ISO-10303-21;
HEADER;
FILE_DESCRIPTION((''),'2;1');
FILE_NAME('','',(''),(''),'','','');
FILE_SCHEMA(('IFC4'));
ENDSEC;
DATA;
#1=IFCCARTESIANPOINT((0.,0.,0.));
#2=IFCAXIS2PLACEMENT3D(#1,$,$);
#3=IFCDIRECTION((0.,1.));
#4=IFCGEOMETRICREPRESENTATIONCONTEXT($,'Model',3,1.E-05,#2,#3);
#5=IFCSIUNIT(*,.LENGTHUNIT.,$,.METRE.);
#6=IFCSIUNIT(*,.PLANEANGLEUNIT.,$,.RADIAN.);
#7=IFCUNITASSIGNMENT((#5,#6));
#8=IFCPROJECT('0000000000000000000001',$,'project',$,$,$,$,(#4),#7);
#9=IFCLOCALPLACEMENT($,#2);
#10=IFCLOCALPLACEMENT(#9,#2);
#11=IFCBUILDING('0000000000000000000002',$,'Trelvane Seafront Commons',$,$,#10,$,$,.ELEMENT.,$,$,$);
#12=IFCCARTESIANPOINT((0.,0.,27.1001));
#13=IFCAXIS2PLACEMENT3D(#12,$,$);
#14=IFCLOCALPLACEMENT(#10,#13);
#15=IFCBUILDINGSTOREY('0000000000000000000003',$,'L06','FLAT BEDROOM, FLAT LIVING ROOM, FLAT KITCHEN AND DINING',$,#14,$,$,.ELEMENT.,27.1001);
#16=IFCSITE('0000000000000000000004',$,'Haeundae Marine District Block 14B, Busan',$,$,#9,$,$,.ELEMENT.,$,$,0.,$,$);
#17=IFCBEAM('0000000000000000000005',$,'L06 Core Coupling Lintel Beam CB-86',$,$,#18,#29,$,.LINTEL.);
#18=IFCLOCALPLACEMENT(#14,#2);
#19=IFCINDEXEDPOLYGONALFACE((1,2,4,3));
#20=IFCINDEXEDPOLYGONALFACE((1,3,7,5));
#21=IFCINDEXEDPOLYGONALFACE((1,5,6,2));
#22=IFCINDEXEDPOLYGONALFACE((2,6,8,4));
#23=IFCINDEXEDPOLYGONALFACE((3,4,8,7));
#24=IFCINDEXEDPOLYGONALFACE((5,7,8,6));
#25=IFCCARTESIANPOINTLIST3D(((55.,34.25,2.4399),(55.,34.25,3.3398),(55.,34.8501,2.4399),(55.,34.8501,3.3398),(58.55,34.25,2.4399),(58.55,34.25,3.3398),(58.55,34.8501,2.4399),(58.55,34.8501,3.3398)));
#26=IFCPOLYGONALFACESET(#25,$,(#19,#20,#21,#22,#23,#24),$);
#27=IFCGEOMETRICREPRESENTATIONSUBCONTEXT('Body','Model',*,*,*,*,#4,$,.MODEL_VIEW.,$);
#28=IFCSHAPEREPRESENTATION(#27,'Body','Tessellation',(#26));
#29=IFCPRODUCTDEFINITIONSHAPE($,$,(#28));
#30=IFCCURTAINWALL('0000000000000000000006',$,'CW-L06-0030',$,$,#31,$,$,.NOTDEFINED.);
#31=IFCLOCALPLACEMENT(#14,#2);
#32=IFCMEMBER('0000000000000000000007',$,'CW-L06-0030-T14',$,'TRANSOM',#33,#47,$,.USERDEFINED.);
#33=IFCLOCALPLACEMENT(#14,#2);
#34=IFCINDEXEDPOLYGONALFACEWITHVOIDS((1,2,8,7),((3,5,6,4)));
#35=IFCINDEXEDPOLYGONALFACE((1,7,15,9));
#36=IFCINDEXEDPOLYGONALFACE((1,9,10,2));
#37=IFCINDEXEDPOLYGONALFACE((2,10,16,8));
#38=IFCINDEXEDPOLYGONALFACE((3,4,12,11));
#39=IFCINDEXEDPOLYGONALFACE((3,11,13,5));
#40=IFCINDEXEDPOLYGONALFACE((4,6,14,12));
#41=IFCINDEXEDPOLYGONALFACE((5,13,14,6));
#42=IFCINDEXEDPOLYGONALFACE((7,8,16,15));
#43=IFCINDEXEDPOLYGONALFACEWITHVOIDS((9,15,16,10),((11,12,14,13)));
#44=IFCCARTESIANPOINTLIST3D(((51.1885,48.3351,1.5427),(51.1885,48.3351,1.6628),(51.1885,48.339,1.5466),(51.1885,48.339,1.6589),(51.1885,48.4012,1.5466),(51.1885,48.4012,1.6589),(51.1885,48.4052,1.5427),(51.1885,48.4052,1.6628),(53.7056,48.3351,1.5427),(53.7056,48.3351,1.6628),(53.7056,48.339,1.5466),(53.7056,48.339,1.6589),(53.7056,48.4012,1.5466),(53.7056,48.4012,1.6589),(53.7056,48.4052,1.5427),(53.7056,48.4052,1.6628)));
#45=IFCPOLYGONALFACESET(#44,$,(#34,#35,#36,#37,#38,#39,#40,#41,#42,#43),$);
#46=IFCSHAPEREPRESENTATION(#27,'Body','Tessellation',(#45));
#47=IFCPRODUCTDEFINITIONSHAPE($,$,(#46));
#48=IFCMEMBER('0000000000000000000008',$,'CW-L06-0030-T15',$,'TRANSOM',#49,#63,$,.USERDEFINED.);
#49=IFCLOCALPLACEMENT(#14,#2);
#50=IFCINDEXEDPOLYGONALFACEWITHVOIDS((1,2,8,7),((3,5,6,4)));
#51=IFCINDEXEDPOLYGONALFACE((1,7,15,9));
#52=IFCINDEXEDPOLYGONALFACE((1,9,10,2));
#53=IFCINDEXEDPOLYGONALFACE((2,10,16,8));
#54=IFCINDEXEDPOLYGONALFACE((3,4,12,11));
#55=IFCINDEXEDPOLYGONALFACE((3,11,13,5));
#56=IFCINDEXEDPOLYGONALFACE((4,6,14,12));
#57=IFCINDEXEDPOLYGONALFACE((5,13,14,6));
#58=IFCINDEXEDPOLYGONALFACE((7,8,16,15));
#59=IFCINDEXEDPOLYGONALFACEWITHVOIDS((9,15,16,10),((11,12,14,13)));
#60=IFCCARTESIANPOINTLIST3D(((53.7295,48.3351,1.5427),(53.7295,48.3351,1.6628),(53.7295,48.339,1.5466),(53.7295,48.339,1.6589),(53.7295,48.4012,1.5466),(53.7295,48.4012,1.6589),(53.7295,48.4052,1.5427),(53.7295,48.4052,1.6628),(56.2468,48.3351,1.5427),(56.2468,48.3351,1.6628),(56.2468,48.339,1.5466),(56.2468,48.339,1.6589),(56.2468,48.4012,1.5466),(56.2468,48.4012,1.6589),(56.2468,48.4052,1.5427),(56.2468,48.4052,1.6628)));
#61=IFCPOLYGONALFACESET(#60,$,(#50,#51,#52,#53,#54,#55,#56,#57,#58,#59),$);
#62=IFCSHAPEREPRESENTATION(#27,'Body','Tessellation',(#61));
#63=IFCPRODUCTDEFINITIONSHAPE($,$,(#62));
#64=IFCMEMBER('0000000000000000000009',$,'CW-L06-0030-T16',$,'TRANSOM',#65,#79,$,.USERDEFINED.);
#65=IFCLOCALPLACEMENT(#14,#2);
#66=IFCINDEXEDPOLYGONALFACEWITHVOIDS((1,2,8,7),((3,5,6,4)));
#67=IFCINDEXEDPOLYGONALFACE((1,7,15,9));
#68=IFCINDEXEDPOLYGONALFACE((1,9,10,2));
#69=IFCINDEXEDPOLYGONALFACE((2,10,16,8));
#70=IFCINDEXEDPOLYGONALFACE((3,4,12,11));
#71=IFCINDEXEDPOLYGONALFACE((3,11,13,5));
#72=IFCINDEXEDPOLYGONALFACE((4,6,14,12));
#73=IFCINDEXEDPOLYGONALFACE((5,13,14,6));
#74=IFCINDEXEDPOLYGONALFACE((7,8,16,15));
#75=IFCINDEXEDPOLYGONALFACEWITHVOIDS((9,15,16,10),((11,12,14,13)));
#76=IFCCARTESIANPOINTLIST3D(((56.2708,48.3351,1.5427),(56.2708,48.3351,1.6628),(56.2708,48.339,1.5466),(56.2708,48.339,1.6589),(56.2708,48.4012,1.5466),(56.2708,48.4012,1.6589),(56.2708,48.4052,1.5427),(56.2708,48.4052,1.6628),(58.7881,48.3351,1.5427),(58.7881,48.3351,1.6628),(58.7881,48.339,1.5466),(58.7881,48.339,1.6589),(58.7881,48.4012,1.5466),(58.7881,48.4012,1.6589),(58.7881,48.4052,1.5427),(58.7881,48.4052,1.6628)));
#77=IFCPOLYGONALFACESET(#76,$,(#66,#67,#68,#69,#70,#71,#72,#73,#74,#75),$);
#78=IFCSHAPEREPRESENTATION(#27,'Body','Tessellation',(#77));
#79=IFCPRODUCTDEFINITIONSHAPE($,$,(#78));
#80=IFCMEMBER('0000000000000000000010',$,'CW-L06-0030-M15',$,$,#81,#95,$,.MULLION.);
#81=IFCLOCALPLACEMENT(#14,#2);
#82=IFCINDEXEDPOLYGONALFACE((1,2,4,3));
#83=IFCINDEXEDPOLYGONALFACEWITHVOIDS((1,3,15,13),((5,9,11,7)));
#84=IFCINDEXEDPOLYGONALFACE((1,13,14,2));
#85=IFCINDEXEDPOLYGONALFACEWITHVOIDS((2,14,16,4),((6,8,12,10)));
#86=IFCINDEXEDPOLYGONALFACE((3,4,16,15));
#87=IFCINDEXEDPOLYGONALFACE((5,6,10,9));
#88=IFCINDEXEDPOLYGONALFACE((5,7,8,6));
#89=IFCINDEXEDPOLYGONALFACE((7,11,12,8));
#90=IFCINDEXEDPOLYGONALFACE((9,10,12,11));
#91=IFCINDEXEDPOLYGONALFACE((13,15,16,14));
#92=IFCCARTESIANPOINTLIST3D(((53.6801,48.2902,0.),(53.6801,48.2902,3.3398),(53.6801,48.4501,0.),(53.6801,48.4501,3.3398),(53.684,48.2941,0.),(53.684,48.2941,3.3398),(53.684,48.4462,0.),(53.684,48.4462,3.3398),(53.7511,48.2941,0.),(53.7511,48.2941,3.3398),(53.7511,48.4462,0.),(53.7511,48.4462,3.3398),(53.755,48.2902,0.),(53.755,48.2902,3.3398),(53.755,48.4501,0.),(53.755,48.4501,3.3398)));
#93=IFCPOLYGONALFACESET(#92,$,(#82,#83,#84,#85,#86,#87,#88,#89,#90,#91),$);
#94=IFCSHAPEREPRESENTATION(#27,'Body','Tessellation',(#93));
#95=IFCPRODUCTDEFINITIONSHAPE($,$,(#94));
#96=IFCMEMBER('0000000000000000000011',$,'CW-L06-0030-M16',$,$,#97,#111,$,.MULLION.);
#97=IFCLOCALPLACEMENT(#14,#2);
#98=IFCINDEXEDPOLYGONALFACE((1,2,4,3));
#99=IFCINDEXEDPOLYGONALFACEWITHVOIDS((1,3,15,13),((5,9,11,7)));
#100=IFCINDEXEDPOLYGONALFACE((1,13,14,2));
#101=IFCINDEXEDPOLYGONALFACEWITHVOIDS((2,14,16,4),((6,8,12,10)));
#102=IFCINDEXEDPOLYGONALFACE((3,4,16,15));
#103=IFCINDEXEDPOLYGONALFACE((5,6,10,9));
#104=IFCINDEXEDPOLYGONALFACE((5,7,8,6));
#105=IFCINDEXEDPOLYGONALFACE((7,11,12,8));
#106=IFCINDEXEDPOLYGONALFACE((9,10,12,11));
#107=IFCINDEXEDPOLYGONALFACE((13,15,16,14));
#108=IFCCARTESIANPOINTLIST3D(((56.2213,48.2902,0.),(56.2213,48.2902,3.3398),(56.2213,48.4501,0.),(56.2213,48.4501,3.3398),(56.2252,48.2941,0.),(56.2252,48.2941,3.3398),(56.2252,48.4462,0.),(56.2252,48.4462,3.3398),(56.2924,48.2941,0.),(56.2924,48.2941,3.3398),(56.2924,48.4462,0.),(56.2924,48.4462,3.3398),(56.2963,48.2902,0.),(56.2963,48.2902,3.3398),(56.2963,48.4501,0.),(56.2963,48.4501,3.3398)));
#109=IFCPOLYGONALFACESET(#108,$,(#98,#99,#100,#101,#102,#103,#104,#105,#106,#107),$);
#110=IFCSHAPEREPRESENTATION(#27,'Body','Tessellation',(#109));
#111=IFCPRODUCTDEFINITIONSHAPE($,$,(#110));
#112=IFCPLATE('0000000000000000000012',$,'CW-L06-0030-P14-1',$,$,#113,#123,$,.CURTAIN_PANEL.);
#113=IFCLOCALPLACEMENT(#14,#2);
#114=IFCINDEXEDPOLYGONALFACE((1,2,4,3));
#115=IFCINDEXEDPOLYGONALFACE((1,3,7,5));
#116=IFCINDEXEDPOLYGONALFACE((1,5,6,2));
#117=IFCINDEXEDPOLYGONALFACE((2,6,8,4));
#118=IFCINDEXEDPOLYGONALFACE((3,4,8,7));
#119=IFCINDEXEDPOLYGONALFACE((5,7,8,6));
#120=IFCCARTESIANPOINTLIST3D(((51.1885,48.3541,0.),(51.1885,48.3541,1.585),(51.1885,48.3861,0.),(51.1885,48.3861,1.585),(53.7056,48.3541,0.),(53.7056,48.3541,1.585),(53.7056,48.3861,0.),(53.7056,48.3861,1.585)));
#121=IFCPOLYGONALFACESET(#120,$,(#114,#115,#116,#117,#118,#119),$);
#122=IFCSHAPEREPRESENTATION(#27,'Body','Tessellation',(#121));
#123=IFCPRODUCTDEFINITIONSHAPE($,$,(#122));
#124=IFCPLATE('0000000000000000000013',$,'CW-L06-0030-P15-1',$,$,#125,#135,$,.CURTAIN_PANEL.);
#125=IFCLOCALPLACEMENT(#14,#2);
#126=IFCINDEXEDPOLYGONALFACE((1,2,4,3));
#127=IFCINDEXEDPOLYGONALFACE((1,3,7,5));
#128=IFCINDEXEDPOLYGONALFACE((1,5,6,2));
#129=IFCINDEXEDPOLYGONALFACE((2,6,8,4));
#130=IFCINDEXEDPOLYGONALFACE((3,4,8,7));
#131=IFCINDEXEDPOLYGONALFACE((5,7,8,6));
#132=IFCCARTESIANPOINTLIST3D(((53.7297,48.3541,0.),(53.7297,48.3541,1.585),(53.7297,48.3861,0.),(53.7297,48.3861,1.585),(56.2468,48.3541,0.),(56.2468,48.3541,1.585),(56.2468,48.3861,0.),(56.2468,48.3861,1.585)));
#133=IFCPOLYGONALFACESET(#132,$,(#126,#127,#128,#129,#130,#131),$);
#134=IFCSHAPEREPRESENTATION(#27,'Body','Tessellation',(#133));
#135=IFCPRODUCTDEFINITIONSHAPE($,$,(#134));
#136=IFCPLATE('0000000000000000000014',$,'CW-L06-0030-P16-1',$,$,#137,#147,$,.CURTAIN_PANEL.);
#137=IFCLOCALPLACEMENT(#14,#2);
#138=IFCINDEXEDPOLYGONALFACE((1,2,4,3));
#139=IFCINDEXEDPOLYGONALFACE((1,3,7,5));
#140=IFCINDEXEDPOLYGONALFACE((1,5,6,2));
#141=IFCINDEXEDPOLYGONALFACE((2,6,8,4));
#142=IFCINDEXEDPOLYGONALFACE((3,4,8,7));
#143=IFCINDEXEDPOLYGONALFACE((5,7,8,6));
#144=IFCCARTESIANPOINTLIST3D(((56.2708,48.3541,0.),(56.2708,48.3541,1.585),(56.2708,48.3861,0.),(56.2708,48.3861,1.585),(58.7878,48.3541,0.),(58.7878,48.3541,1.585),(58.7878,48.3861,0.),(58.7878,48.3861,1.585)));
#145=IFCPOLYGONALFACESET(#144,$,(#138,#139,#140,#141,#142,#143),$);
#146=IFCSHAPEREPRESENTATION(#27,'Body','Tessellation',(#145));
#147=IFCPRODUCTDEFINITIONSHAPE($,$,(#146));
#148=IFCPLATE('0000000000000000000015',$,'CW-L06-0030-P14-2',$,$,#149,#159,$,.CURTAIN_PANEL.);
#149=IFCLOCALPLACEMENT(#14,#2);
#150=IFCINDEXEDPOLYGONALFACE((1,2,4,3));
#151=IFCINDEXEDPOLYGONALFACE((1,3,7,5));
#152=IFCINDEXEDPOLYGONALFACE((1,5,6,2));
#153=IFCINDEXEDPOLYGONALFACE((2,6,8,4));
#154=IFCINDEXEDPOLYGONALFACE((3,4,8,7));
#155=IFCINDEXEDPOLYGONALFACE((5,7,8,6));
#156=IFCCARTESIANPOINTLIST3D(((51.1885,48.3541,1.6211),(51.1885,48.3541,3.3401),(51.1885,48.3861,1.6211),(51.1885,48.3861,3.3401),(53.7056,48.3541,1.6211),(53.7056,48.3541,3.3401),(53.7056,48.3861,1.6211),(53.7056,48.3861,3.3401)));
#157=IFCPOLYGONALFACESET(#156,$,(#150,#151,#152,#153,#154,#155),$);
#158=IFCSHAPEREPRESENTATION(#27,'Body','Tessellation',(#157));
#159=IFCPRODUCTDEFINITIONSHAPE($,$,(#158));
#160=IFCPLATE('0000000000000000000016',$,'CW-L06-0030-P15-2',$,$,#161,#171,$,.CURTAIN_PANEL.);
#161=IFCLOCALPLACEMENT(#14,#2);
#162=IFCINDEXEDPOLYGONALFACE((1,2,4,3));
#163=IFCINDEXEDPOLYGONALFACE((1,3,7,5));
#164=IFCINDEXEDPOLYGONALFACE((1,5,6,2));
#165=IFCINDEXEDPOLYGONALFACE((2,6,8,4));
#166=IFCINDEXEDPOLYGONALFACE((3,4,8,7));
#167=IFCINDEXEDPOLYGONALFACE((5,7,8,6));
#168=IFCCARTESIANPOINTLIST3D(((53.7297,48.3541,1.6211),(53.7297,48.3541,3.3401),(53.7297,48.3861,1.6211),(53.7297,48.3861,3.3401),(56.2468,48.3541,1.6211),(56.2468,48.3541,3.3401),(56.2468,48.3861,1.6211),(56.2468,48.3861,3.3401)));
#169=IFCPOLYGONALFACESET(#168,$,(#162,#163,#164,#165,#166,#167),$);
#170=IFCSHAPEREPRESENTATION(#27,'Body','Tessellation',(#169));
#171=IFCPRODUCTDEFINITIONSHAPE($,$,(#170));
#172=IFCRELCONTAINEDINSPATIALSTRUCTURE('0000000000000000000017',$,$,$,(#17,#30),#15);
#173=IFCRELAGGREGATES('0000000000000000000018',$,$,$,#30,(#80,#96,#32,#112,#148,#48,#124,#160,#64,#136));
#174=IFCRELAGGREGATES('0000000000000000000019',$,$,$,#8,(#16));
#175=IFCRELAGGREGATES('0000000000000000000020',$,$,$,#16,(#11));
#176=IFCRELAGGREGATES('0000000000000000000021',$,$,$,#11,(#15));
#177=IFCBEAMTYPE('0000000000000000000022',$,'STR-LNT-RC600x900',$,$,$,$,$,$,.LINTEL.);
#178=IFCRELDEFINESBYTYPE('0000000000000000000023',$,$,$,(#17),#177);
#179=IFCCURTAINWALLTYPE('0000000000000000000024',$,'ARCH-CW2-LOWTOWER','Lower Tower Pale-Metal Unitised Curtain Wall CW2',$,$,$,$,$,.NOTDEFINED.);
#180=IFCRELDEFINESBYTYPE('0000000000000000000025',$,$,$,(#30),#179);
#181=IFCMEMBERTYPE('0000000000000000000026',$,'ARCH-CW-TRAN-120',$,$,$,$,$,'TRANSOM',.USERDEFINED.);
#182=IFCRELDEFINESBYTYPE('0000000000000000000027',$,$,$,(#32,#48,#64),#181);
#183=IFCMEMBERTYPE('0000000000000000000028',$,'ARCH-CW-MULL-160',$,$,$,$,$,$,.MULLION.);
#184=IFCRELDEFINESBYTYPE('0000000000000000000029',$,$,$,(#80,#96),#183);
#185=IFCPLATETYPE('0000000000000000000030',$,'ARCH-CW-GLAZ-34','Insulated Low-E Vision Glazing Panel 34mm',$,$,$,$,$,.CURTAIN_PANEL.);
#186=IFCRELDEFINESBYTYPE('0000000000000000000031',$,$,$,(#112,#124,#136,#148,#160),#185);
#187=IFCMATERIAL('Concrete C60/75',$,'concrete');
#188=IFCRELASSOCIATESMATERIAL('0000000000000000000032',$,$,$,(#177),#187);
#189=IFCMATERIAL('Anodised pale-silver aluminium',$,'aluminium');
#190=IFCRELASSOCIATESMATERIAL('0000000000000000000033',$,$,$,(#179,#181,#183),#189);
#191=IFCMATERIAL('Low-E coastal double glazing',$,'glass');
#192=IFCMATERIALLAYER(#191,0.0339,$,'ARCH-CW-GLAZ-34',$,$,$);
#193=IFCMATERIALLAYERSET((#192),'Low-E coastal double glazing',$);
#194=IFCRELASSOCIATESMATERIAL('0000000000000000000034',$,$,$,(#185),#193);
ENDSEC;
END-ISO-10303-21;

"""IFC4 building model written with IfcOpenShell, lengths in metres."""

from ifc_helpers import new_model, si_unit, direction, frame, origin, origin_2d, place, context, subcontext, project, spatial, rectangle, hollow_rectangle, extrude, source, transform, mapped, material, layer, layer_set, material_profile, profile_set, type_object, element, aggregate, save


model = new_model("IFC4")

# Units and contexts
model_context = context("Model", 3, precision=1e-05, world=origin(), true_north=direction((0.0, 1.0)))
body_context = subcontext(model_context, "Body", "Model", "MODEL_VIEW")
ifc_project = project(units=[si_unit("LENGTHUNIT", "METRE"), si_unit("PLANEANGLEUNIT", "RADIAN")], contexts=[model_context])

# Site, building, storey
site_placement = place(None, origin())
site = spatial("IfcSite", under=ifc_project, at=site_placement, Name="Haeundae Marine District Block 14B, Busan", CompositionType="ELEMENT", RefElevation=0.0)
building_placement = place(site_placement, origin())
building = spatial("IfcBuilding", under=site, at=building_placement, Name="Trelvane Seafront Commons", CompositionType="ELEMENT")
storey_placement = place(building_placement, frame((0.0, 0.0, 27.1001)))
storey = spatial("IfcBuildingStorey", under=building, at=storey_placement, Name="L06", Description="FLAT BEDROOM, FLAT LIVING ROOM, FLAT KITCHEN AND DINING", CompositionType="ELEMENT", Elevation=27.1001)

# Beam
ifc_material_1 = material(Name="Concrete C60/75", Category="concrete")
ifc_material_profile_1 = material_profile(ifc_material_1, rectangle(XDim=0.6001, YDim=0.8999, at=origin_2d()), Name="RC-600x900")
ifc_profile_set_1 = profile_set([ifc_material_profile_1], Name="Concrete C60/75")
beam_type = type_object("IfcBeamType", Name="STR-LNT-RC600x900", PredefinedType="LINTEL", material=ifc_profile_set_1)
shared_shape_1 = source(origin(), body_context, "Body", "SweptSolid", [
    extrude(rectangle(XDim=0.6001, YDim=0.8999, at=origin_2d()), origin(), (0.0, 0.0, 1.0), 3.55),
])
beam_placement = place(storey_placement, frame((55.0, 34.55, 2.8899), z_axis=(1.0, 0.0, 0.0), x_axis=(0.0, 1.0, 0.0)))
element("IfcBeam", 1, at=beam_placement, inside=storey, type_object=beam_type, Name="L06 Core Coupling Lintel Beam CB-86", PredefinedType="LINTEL", context=body_context, shape_type="MappedRepresentation", body=[
    mapped(shared_shape_1, transform((0.0, 0.0, 0.0), x_axis=(1.0, 0.0, 0.0), y_axis=(0.0, 1.0, 0.0), z_axis=(0.0, 0.0, 1.0), scale=1.0)),
])

# Curtain wall, members, plates
ifc_material_2 = material(Name="Anodised pale-silver aluminium", Category="aluminium")
curtain_wall_type = type_object("IfcCurtainWallType", Name="ARCH-CW2-LOWTOWER", Description="Lower Tower Pale-Metal Unitised Curtain Wall CW2", PredefinedType="NOTDEFINED", material=ifc_material_2)
curtain_wall_placement = place(storey_placement, origin())
curtain_wall = element("IfcCurtainWall", 2, at=curtain_wall_placement, inside=storey, type_object=curtain_wall_type, Name="CW-L06-0030", PredefinedType="NOTDEFINED")
ifc_material_profile_2 = material_profile(ifc_material_2, hollow_rectangle(XDim=0.0701, YDim=0.1201, WallThickness=0.0039, at=origin_2d()), Name="TRAN-70x120x4")
ifc_profile_set_2 = profile_set([ifc_material_profile_2], Name="Anodised pale-silver aluminium")
member_type_1 = type_object("IfcMemberType", Name="ARCH-CW-TRAN-120", ElementType="TRANSOM", PredefinedType="USERDEFINED", material=ifc_profile_set_2)
shared_shape_2 = source(origin(), body_context, "Body", "SweptSolid", [
    extrude(hollow_rectangle(XDim=0.0701, YDim=0.1201, WallThickness=0.0039, at=origin_2d()), origin(), (0.0, 0.0, 1.0), 2.5171),
])
member_1_placement = place(storey_placement, frame((51.1885, 48.3701, 1.6028), z_axis=(1.0, 0.0, 0.0), x_axis=(0.0, 1.0, 0.0)))
member_1 = element("IfcMember", 3, at=member_1_placement, type_object=member_type_1, Name="CW-L06-0030-T14", ObjectType="TRANSOM", PredefinedType="USERDEFINED", context=body_context, shape_type="MappedRepresentation", body=[
    mapped(shared_shape_2, transform((0.0, 0.0, 0.0), x_axis=(1.0, 0.0, 0.0), y_axis=(0.0, 1.0, 0.0), z_axis=(0.0, 0.0, 1.0), scale=1.0)),
])
shared_shape_3 = source(origin(), body_context, "Body", "SweptSolid", [
    extrude(hollow_rectangle(XDim=0.0701, YDim=0.1201, WallThickness=0.0039, at=origin_2d()), origin(), (0.0, 0.0, 1.0), 2.5173),
])
member_2_placement = place(storey_placement, frame((53.7295, 48.3701, 1.6028), z_axis=(1.0, 0.0, 0.0), x_axis=(0.0, 1.0, 0.0)))
member_2 = element("IfcMember", 4, at=member_2_placement, type_object=member_type_1, Name="CW-L06-0030-T15", ObjectType="TRANSOM", PredefinedType="USERDEFINED", context=body_context, shape_type="MappedRepresentation", body=[
    mapped(shared_shape_3, transform((0.0, 0.0, 0.0), x_axis=(1.0, 0.0, 0.0), y_axis=(0.0, 1.0, 0.0), z_axis=(0.0, 0.0, 1.0), scale=1.0)),
])
member_3_placement = place(storey_placement, frame((56.2708, 48.3701, 1.6028), z_axis=(1.0, 0.0, 0.0), x_axis=(0.0, 1.0, 0.0)))
member_3 = element("IfcMember", 5, at=member_3_placement, type_object=member_type_1, Name="CW-L06-0030-T16", ObjectType="TRANSOM", PredefinedType="USERDEFINED", context=body_context, shape_type="MappedRepresentation", body=[
    mapped(shared_shape_3, transform((0.0, 0.0, 0.0), x_axis=(1.0, 0.0, 0.0), y_axis=(0.0, 1.0, 0.0), z_axis=(0.0, 0.0, 1.0), scale=1.0)),
])
ifc_material_profile_3 = material_profile(ifc_material_2, hollow_rectangle(XDim=0.075, YDim=0.1599, WallThickness=0.0039, at=origin_2d()), Name="MULL-75x160x4")
ifc_profile_set_3 = profile_set([ifc_material_profile_3], Name="Anodised pale-silver aluminium")
member_type_2 = type_object("IfcMemberType", Name="ARCH-CW-MULL-160", PredefinedType="MULLION", material=ifc_profile_set_3)
shared_shape_4 = source(origin(), body_context, "Body", "SweptSolid", [
    extrude(hollow_rectangle(XDim=0.075, YDim=0.1599, WallThickness=0.0039, at=origin_2d()), origin(), (0.0, 0.0, 1.0), 3.3398),
])
member_4_placement = place(storey_placement, frame((53.7175, 48.3701, 0.0), z_axis=(0.0, 0.0, 1.0), x_axis=(1.0, 0.0, 0.0)))
member_4 = element("IfcMember", 6, at=member_4_placement, type_object=member_type_2, Name="CW-L06-0030-M15", PredefinedType="MULLION", context=body_context, shape_type="MappedRepresentation", body=[
    mapped(shared_shape_4, transform((0.0, 0.0, 0.0), x_axis=(1.0, 0.0, 0.0), y_axis=(0.0, 1.0, 0.0), z_axis=(0.0, 0.0, 1.0), scale=1.0)),
])
member_5_placement = place(storey_placement, frame((56.2588, 48.3701, 0.0), z_axis=(0.0, 0.0, 1.0), x_axis=(1.0, 0.0, 0.0)))
member_5 = element("IfcMember", 7, at=member_5_placement, type_object=member_type_2, Name="CW-L06-0030-M16", PredefinedType="MULLION", context=body_context, shape_type="MappedRepresentation", body=[
    mapped(shared_shape_4, transform((0.0, 0.0, 0.0), x_axis=(1.0, 0.0, 0.0), y_axis=(0.0, 1.0, 0.0), z_axis=(0.0, 0.0, 1.0), scale=1.0)),
])
ifc_material_3 = material(Name="Low-E coastal double glazing", Category="glass")
ifc_layer_1 = layer(ifc_material_3, 0.0339, Name="ARCH-CW-GLAZ-34")
ifc_layer_set_1 = layer_set([ifc_layer_1], Name="Low-E coastal double glazing")
plate_type_1 = type_object("IfcPlateType", Name="ARCH-CW-GLAZ-34", Description="Insulated Low-E Vision Glazing Panel 34mm", PredefinedType="CURTAIN_PANEL", material=ifc_layer_set_1)
shared_shape_5 = source(origin(), body_context, "Body", "SweptSolid", [
    extrude(rectangle(XDim=2.5171, YDim=0.032, at=origin_2d()), origin(), (0.0, 0.0, 1.0), 1.585),
])
plate_1_placement = place(storey_placement, frame((52.447, 48.3701, 0.0), z_axis=(0.0, 0.0, 1.0), x_axis=(1.0, 0.0, 0.0)))
plate_1 = element("IfcPlate", 8, at=plate_1_placement, type_object=plate_type_1, Name="CW-L06-0030-P14-1", PredefinedType="CURTAIN_PANEL", context=body_context, shape_type="MappedRepresentation", body=[
    mapped(shared_shape_5, transform((0.0, 0.0, 0.0), x_axis=(1.0, 0.0, 0.0), y_axis=(0.0, 1.0, 0.0), z_axis=(0.0, 0.0, 1.0), scale=1.0)),
])
plate_2_placement = place(storey_placement, frame((54.9883, 48.3701, 0.0), z_axis=(0.0, 0.0, 1.0), x_axis=(1.0, 0.0, 0.0)))
plate_2 = element("IfcPlate", 9, at=plate_2_placement, type_object=plate_type_1, Name="CW-L06-0030-P15-1", PredefinedType="CURTAIN_PANEL", context=body_context, shape_type="MappedRepresentation", body=[
    mapped(shared_shape_5, transform((0.0, 0.0, 0.0), x_axis=(1.0, 0.0, 0.0), y_axis=(0.0, 1.0, 0.0), z_axis=(0.0, 0.0, 1.0), scale=1.0)),
])
plate_3_placement = place(storey_placement, frame((57.5293, 48.3701, 0.0), z_axis=(0.0, 0.0, 1.0), x_axis=(1.0, 0.0, 0.0)))
plate_3 = element("IfcPlate", 10, at=plate_3_placement, type_object=plate_type_1, Name="CW-L06-0030-P16-1", PredefinedType="CURTAIN_PANEL", context=body_context, shape_type="MappedRepresentation", body=[
    mapped(shared_shape_5, transform((0.0, 0.0, 0.0), x_axis=(1.0, 0.0, 0.0), y_axis=(0.0, 1.0, 0.0), z_axis=(0.0, 0.0, 1.0), scale=1.0)),
])
shared_shape_6 = source(origin(), body_context, "Body", "SweptSolid", [
    extrude(rectangle(XDim=2.5171, YDim=0.032, at=origin_2d()), origin(), (0.0, 0.0, 1.0), 1.719),
])
plate_4_placement = place(storey_placement, frame((52.447, 48.3701, 1.6211), z_axis=(0.0, 0.0, 1.0), x_axis=(1.0, 0.0, 0.0)))
plate_4 = element("IfcPlate", 11, at=plate_4_placement, type_object=plate_type_1, Name="CW-L06-0030-P14-2", PredefinedType="CURTAIN_PANEL", context=body_context, shape_type="MappedRepresentation", body=[
    mapped(shared_shape_6, transform((0.0, 0.0, 0.0), x_axis=(1.0, 0.0, 0.0), y_axis=(0.0, 1.0, 0.0), z_axis=(0.0, 0.0, 1.0), scale=1.0)),
])
plate_5_placement = place(storey_placement, frame((54.9883, 48.3701, 1.6211), z_axis=(0.0, 0.0, 1.0), x_axis=(1.0, 0.0, 0.0)))
plate_5 = element("IfcPlate", 12, at=plate_5_placement, type_object=plate_type_1, Name="CW-L06-0030-P15-2", PredefinedType="CURTAIN_PANEL", context=body_context, shape_type="MappedRepresentation", body=[
    mapped(shared_shape_6, transform((0.0, 0.0, 0.0), x_axis=(1.0, 0.0, 0.0), y_axis=(0.0, 1.0, 0.0), z_axis=(0.0, 0.0, 1.0), scale=1.0)),
])
aggregate(curtain_wall, [member_4, member_5, member_1, plate_1, plate_4, member_2, plate_2, plate_5, member_3, plate_3])

save(model, "model.ifc")
